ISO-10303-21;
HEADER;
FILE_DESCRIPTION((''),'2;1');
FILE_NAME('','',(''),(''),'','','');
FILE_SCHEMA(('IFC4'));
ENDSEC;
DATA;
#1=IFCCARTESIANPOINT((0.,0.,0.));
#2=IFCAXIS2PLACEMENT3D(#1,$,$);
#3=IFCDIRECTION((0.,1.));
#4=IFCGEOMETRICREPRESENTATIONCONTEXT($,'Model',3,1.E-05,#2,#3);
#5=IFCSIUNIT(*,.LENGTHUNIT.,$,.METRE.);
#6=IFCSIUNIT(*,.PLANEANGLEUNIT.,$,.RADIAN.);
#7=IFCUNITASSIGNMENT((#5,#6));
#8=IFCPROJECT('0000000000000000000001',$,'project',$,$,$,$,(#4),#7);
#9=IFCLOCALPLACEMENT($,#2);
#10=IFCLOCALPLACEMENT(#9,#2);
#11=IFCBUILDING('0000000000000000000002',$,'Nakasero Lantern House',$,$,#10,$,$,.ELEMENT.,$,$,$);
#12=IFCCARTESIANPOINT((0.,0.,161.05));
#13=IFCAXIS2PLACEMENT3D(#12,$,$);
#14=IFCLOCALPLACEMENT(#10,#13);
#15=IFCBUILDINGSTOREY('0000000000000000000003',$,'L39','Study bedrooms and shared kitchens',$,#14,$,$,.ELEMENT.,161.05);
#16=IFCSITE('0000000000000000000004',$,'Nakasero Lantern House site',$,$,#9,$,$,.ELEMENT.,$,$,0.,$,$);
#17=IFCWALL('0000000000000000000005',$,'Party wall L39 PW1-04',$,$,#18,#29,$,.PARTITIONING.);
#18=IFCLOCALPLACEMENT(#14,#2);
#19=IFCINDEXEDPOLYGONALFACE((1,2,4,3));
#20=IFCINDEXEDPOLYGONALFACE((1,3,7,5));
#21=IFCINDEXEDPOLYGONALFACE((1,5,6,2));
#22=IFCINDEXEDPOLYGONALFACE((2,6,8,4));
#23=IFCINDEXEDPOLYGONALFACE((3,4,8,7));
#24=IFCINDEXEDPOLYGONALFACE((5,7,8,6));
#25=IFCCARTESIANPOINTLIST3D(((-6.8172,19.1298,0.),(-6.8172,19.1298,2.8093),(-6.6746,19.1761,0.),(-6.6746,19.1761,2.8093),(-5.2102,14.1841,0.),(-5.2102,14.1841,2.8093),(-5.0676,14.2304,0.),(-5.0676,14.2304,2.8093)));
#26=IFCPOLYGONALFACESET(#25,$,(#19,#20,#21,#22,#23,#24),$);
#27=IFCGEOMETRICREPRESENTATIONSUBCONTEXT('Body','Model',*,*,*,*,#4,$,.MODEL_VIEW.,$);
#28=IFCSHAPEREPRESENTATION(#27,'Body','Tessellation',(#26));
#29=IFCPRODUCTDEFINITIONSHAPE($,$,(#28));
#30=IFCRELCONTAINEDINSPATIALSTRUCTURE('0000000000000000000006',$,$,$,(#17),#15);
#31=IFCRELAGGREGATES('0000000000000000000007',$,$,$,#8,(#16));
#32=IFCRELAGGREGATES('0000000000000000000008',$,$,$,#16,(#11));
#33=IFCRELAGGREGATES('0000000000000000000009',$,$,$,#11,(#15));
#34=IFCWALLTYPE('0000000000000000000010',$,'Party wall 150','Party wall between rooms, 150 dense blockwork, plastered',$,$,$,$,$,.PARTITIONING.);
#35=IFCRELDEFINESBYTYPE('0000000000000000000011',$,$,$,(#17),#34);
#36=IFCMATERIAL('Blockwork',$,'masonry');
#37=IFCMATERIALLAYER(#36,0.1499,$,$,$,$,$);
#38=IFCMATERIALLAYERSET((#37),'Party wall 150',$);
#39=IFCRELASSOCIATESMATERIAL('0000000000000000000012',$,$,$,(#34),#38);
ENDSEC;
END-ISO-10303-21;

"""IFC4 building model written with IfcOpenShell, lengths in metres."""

from ifc_helpers import new_model, si_unit, direction, frame, frame_2d, origin, place, context, subcontext, project, spatial, rectangle, extrude, material, layer, layer_set, type_object, element, save


model = new_model("IFC4")

# Units and contexts
model_context = context("Model", 3, precision=1e-05, world=origin(), true_north=direction((0.0, 1.0)))
body_context = subcontext(model_context, "Body", "Model", "MODEL_VIEW")
ifc_project = project(units=[si_unit("LENGTHUNIT", "METRE"), si_unit("PLANEANGLEUNIT", "RADIAN")], contexts=[model_context])

# Site, building, storey
site_placement = place(None, origin())
site = spatial("IfcSite", under=ifc_project, at=site_placement, Name="Nakasero Lantern House site", CompositionType="ELEMENT", RefElevation=0.0)
building_placement = place(site_placement, origin())
building = spatial("IfcBuilding", under=site, at=building_placement, Name="Nakasero Lantern House", CompositionType="ELEMENT")
storey_placement = place(building_placement, frame((0.0, 0.0, 161.05)))
storey = spatial("IfcBuildingStorey", under=building, at=storey_placement, Name="L39", Description="Study bedrooms and shared kitchens", CompositionType="ELEMENT", Elevation=161.05)

# Wall
ifc_material_1 = material(Name="Blockwork", Category="masonry")
ifc_layer_1 = layer(ifc_material_1, 0.1499)
ifc_layer_set_1 = layer_set([ifc_layer_1], Name="Party wall 150")
wall_type_1 = type_object("IfcWallType", Name="Party wall 150", Description="Party wall between rooms, 150 dense blockwork, plastered", PredefinedType="PARTITIONING", material=ifc_layer_set_1)
wall_1_placement = place(storey_placement, frame((-5.1389, 14.2073, 0.0), z_axis=(0.0, 0.0, 1.0), x_axis=(-0.309021, 0.951055, 0.0)))
element("IfcWall", 1, at=wall_1_placement, inside=storey, type_object=wall_type_1, Name="Party wall L39 PW1-04", PredefinedType="PARTITIONING", context=body_context, shape_type="SweptSolid", body=[
    extrude(rectangle(XDim=5.2002, YDim=0.1499, at=frame_2d((2.6001, 0.0))), origin(), (0.0, 0.0, 1.0), 2.8093),
])

save(model, "model.ifc")
